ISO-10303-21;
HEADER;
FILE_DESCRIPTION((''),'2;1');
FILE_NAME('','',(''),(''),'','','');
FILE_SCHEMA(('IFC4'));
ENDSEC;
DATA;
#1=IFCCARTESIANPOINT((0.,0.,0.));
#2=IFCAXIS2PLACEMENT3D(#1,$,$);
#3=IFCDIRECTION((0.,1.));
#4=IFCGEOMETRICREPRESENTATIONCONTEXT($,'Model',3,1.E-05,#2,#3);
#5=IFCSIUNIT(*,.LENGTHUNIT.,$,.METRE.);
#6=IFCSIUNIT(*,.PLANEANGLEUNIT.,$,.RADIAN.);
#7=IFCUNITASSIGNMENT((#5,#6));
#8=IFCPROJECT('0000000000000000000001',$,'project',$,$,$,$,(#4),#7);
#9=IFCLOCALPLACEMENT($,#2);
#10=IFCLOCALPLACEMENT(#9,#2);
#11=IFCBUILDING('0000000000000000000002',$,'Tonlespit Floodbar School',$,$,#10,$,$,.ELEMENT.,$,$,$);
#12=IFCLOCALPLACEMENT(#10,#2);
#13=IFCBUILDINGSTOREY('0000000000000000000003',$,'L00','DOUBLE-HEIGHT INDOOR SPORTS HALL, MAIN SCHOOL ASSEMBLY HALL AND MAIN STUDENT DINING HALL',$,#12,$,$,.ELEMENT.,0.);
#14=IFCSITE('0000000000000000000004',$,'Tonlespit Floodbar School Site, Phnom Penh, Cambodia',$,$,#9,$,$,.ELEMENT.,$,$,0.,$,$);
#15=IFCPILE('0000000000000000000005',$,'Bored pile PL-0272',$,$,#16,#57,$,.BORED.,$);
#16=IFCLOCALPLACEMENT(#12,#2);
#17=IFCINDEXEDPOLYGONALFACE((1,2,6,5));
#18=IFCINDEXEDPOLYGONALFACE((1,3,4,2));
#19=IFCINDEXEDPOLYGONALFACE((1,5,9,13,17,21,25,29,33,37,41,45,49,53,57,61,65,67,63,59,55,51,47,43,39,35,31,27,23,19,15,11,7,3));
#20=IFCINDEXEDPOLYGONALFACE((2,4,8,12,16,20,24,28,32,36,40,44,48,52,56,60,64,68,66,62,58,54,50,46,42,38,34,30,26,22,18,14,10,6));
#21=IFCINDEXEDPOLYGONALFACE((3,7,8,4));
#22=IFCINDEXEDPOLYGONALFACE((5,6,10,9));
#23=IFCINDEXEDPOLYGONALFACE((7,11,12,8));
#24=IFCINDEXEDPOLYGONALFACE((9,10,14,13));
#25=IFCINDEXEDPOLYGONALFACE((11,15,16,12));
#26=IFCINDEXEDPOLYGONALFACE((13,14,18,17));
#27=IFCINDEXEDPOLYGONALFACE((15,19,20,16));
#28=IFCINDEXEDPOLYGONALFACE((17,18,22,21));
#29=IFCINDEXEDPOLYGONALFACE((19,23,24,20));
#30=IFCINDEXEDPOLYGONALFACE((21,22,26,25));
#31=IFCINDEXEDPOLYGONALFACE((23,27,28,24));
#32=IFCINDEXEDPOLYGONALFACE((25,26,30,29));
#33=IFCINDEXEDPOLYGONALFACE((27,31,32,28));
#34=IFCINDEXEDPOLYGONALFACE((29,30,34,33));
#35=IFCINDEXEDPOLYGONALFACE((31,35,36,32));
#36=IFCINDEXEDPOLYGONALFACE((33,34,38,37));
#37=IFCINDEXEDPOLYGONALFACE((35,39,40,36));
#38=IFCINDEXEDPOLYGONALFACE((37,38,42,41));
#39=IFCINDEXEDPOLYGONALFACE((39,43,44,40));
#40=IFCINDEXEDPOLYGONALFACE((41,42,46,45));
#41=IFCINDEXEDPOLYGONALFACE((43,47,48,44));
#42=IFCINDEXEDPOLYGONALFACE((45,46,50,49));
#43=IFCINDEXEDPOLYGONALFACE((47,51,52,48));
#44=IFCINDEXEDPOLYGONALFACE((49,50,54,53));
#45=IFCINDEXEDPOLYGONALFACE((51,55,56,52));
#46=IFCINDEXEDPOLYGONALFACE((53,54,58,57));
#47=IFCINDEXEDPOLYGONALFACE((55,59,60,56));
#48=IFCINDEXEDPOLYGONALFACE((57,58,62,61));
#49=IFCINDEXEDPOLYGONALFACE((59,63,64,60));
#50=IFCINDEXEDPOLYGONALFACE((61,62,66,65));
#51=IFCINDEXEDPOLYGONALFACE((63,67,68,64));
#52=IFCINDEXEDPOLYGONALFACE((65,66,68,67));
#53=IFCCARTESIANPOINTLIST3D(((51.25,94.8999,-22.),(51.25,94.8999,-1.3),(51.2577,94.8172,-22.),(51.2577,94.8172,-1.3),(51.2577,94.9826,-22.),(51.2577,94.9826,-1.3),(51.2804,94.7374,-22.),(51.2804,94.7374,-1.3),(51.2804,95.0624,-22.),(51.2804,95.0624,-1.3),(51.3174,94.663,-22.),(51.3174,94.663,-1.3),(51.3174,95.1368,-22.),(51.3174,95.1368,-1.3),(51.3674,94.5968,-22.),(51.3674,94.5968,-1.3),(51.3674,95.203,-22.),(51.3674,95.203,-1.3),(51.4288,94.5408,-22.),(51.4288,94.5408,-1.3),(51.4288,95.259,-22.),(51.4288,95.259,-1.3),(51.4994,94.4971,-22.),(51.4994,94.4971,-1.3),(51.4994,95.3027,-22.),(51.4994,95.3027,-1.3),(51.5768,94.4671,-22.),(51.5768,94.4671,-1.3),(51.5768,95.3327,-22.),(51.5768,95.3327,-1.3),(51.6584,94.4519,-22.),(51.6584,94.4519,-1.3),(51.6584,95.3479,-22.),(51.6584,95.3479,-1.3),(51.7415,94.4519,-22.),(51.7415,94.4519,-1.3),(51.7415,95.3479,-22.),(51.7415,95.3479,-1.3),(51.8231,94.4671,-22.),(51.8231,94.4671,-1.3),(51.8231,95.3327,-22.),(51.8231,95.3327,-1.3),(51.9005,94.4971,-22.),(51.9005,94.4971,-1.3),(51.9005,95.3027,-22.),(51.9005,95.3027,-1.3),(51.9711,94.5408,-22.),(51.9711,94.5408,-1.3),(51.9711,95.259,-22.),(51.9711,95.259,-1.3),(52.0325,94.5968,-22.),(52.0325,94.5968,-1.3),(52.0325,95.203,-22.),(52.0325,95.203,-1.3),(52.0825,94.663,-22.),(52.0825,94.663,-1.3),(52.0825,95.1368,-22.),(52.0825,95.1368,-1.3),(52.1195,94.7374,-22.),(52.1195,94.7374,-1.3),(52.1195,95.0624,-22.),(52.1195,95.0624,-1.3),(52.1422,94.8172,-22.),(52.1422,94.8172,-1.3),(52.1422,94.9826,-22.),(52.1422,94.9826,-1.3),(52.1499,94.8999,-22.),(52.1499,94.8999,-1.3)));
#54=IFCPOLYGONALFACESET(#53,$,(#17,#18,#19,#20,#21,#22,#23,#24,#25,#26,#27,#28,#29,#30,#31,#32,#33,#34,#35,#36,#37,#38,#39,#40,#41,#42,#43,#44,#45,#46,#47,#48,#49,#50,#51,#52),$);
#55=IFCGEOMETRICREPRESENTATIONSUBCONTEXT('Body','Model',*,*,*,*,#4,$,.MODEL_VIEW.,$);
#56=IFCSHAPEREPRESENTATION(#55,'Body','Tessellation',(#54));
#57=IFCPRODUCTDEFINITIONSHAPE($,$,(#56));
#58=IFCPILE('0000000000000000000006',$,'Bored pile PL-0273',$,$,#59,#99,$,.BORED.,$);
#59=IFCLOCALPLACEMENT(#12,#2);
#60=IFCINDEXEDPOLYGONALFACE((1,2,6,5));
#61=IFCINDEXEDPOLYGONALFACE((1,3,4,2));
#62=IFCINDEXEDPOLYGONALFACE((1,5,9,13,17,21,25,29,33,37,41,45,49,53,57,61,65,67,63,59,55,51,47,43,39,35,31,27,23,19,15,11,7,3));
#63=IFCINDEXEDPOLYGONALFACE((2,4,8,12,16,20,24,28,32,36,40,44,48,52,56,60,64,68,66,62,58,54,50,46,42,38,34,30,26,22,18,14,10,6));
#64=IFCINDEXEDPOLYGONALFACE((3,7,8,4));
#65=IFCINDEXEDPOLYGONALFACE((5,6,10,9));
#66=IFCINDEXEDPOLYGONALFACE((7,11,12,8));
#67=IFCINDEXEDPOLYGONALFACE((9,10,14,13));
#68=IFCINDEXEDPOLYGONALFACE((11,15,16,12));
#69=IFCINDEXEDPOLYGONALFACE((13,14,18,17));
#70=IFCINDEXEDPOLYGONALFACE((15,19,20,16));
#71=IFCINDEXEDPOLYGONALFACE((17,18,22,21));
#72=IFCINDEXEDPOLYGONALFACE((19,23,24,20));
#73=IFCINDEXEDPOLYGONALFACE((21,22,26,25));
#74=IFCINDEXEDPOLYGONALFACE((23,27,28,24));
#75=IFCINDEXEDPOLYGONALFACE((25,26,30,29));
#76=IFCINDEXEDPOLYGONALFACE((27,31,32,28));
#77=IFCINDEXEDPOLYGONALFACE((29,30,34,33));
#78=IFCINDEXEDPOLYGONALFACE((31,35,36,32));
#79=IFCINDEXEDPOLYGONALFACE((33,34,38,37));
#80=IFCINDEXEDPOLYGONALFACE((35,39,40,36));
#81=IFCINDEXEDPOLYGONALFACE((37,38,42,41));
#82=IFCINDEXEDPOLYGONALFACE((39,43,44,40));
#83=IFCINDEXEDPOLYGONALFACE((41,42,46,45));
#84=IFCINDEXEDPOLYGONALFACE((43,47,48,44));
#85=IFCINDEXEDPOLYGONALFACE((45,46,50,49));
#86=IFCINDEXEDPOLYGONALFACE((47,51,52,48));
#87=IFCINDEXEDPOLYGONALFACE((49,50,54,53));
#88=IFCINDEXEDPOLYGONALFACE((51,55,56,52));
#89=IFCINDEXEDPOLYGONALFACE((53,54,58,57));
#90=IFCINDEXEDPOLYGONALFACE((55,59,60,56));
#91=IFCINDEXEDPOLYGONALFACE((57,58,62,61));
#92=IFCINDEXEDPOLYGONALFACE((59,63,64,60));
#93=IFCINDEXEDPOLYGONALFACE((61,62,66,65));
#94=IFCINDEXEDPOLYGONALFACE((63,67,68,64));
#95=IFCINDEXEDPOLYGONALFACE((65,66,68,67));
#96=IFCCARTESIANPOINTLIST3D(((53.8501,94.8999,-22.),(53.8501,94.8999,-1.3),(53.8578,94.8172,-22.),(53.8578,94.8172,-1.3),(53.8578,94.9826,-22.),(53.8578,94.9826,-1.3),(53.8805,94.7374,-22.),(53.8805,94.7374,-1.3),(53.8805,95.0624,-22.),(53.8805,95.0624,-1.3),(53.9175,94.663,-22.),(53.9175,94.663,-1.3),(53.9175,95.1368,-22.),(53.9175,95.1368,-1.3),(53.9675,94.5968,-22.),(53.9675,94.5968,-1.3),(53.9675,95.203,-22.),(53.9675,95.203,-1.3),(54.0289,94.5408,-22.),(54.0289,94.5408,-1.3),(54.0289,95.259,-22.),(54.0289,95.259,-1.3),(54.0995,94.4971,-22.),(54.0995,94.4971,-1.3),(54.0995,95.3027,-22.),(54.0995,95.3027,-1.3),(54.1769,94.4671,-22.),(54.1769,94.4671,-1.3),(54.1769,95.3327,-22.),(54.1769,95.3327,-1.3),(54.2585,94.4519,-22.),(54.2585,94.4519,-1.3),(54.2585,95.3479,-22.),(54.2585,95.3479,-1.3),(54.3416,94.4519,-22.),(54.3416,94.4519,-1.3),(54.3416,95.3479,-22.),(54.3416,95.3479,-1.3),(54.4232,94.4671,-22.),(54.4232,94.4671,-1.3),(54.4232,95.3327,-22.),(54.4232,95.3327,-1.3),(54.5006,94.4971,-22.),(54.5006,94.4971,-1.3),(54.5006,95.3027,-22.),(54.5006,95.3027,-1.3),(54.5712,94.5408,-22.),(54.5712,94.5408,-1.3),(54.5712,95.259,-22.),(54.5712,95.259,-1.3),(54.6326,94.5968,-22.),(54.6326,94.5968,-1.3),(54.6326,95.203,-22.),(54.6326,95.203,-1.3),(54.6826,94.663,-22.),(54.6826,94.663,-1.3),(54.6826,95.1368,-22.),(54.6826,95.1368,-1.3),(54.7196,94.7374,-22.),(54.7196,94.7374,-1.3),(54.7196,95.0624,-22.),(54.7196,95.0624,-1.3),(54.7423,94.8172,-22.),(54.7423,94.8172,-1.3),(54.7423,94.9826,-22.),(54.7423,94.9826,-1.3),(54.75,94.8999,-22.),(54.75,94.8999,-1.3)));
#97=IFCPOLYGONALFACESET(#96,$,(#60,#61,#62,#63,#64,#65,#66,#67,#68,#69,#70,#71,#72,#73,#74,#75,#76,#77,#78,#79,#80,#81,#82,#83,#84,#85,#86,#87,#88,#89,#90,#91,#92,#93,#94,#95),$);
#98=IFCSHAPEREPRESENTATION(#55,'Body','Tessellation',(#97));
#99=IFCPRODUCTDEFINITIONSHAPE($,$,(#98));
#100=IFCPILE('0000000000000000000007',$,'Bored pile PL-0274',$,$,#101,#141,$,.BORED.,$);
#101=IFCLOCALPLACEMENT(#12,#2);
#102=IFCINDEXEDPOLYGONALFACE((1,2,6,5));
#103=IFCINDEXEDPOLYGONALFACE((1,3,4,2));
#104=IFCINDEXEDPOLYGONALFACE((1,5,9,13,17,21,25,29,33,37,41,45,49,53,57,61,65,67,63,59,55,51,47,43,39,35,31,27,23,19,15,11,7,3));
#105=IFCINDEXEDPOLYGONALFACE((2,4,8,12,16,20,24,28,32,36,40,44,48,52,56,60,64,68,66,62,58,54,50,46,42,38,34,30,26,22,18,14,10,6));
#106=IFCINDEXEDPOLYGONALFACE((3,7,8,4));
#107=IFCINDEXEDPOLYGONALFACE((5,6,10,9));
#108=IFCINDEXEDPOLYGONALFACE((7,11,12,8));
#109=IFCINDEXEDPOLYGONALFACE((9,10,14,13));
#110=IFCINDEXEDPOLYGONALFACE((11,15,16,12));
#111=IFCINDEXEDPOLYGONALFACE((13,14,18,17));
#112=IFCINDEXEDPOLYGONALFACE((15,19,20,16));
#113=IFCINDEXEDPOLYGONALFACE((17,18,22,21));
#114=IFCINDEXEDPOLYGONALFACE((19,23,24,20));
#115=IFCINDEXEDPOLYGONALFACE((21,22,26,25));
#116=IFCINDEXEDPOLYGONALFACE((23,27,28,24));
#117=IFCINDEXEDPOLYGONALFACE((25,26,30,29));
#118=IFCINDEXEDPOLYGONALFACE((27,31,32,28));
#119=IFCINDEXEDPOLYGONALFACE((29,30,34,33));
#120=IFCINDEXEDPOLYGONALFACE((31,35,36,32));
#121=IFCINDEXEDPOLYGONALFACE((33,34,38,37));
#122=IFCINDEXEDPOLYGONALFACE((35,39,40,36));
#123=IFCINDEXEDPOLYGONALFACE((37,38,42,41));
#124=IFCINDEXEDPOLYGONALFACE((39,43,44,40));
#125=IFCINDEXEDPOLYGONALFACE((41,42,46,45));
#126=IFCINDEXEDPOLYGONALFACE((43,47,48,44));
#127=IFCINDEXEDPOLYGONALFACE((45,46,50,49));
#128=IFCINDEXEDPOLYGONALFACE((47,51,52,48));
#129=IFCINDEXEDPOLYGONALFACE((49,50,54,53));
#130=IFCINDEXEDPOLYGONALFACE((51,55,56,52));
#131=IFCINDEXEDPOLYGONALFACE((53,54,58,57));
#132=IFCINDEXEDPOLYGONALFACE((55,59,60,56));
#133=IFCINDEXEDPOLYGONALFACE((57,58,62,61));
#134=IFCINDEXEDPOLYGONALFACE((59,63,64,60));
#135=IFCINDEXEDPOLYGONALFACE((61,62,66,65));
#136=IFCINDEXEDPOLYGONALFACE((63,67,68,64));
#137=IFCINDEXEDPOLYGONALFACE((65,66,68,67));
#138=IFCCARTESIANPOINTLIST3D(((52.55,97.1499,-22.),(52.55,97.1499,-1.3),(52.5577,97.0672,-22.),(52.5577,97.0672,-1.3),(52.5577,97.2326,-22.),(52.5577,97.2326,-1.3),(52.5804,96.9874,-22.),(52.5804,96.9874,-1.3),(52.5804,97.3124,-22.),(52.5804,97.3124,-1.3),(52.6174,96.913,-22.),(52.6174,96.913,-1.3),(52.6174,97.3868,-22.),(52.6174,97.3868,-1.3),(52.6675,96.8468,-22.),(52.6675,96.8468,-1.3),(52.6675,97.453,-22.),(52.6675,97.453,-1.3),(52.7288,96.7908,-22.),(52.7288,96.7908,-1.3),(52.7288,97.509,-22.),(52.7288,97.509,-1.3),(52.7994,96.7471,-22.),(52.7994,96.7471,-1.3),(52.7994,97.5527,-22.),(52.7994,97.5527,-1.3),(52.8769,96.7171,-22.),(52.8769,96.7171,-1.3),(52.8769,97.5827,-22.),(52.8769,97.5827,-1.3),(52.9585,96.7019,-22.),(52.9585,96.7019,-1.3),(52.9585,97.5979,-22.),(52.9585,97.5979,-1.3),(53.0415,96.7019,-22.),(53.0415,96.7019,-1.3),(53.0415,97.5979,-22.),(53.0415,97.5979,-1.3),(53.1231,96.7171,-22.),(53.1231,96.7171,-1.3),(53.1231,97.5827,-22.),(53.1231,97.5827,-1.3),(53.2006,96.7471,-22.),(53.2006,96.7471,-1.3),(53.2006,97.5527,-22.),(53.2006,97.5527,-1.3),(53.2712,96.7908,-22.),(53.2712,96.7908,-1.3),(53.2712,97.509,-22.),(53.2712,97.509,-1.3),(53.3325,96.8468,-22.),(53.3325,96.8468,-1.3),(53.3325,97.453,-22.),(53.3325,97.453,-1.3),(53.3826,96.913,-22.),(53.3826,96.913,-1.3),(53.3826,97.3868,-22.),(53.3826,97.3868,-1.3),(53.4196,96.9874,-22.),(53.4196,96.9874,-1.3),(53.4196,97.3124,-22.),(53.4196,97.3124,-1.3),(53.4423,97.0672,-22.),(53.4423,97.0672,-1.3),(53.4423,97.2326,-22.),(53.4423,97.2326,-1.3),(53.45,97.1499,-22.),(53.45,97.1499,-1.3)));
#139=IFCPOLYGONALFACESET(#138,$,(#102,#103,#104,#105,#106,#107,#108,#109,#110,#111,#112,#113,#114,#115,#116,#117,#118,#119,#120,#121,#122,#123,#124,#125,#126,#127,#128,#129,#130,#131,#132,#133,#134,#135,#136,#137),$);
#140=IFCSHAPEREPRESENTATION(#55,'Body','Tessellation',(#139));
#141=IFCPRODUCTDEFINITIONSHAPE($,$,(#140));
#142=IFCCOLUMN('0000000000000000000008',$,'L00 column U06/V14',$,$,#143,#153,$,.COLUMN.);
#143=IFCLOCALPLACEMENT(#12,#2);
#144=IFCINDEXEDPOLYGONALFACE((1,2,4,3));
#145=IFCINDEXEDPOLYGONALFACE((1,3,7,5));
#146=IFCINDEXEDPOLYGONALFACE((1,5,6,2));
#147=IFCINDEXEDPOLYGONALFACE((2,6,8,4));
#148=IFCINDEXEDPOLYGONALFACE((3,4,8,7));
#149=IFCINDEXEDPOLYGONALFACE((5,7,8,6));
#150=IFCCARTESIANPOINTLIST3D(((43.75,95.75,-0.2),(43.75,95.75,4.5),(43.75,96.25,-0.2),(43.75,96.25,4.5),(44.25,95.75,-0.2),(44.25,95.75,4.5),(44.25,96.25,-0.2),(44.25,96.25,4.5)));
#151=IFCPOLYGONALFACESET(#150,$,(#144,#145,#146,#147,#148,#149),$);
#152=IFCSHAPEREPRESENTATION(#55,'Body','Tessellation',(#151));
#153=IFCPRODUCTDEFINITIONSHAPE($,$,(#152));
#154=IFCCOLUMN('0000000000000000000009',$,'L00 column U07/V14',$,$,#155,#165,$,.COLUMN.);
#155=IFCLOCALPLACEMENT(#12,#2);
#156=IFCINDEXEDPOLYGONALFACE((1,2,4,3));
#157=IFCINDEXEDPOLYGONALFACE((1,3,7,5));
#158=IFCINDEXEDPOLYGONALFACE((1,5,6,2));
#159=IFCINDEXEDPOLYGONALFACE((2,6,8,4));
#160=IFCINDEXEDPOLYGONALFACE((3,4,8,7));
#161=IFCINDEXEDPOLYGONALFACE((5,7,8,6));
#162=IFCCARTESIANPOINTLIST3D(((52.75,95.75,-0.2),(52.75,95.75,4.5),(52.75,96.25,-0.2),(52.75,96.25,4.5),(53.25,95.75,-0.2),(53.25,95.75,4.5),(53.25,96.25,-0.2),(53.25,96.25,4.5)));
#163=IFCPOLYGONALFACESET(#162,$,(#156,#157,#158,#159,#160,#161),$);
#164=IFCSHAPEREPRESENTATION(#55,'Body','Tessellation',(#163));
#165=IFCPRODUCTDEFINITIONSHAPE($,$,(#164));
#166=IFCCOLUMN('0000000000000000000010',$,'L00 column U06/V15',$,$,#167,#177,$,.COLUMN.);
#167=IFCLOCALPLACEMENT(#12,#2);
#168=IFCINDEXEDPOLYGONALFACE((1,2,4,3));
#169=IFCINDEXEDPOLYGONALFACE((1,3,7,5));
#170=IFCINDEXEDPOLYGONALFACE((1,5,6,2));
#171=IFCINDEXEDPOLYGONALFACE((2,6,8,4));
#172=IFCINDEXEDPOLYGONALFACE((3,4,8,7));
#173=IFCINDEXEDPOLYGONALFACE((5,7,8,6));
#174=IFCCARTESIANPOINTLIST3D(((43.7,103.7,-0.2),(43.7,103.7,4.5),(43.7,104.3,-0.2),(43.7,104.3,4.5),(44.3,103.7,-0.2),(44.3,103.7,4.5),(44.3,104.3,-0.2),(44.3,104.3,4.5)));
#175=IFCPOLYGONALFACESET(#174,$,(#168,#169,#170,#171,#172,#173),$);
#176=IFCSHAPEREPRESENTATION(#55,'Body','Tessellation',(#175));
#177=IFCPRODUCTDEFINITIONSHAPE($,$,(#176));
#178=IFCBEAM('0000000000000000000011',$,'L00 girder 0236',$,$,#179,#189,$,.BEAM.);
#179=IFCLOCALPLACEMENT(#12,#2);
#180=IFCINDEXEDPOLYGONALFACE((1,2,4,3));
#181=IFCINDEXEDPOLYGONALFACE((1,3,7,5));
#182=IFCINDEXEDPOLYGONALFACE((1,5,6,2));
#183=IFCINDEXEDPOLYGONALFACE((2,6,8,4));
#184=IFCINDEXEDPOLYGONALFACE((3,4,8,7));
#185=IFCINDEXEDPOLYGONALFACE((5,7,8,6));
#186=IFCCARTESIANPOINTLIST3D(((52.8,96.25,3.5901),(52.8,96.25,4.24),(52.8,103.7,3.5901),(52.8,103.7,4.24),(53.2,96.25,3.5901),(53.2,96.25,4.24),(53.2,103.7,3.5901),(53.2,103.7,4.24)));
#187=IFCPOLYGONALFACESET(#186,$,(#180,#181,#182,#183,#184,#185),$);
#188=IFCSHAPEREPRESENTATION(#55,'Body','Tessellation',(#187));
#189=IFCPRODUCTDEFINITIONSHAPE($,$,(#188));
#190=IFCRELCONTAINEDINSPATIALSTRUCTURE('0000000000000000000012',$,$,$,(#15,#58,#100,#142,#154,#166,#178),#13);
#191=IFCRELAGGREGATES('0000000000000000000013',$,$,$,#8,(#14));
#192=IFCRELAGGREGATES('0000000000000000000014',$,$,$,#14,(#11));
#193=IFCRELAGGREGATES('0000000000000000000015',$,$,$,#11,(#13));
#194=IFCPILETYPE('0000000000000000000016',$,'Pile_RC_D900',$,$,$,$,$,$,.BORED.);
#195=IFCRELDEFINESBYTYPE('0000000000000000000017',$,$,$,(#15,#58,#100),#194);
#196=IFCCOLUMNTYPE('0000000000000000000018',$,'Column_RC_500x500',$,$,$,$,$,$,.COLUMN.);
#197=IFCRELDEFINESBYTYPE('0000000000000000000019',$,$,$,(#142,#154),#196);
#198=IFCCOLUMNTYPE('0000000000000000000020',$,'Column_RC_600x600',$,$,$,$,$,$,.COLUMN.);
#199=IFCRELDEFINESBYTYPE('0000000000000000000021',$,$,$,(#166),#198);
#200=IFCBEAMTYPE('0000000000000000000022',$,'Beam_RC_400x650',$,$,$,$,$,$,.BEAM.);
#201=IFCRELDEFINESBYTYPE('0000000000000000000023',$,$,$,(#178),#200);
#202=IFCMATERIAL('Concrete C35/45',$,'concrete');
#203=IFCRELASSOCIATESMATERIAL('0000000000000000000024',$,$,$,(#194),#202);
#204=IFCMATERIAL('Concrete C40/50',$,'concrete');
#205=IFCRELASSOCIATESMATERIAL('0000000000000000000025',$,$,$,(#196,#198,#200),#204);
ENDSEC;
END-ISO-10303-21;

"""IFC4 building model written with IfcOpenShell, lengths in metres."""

from ifc_helpers import new_model, si_unit, direction, frame, origin, origin_2d, place, context, subcontext, project, spatial, rectangle, circle, extrude, material, material_profile, profile_set, type_object, element, save


model = new_model("IFC4")

# Units and contexts
model_context = context("Model", 3, precision=1e-05, world=origin(), true_north=direction((0.0, 1.0)))
body_context = subcontext(model_context, "Body", "Model", "MODEL_VIEW")
ifc_project = project(units=[si_unit("LENGTHUNIT", "METRE"), si_unit("PLANEANGLEUNIT", "RADIAN")], contexts=[model_context])

# Site, building, storey
site_placement = place(None, origin())
site = spatial("IfcSite", under=ifc_project, at=site_placement, Name="Tonlespit Floodbar School Site, Phnom Penh, Cambodia", CompositionType="ELEMENT", RefElevation=0.0)
building_placement = place(site_placement, origin())
building = spatial("IfcBuilding", under=site, at=building_placement, Name="Tonlespit Floodbar School", CompositionType="ELEMENT")
storey_placement = place(building_placement, origin())
storey = spatial("IfcBuildingStorey", under=building, at=storey_placement, Name="L00", Description="DOUBLE-HEIGHT INDOOR SPORTS HALL, MAIN SCHOOL ASSEMBLY HALL AND MAIN STUDENT DINING HALL", CompositionType="ELEMENT", Elevation=0.0)

# Shared definitions
ifc_material_1 = material(Name="Concrete C40/50", Category="concrete")

# Piles
ifc_material_2 = material(Name="Concrete C35/45", Category="concrete")
ifc_material_profile_1 = material_profile(ifc_material_2, circle(Radius=0.45, at=origin_2d()), Name="BP D900")
ifc_profile_set_1 = profile_set([ifc_material_profile_1], Name="Concrete C35/45")
pile_type_1 = type_object("IfcPileType", Name="Pile_RC_D900", PredefinedType="BORED", material=ifc_profile_set_1)
for number, where, z_axis, x_axis, name in (
    (1, (51.7, 94.8999, -1.3), (0.0, 0.0, -1.0), (1.0, 0.0, 0.0), "Bored pile PL-0272"),
    (2, (54.3, 94.8999, -1.3), (0.0, 0.0, -1.0), (1.0, 0.0, 0.0), "Bored pile PL-0273"),
    (3, (53.0, 97.1499, -1.3), (0.0, 0.0, -1.0), (1.0, 0.0, 0.0), "Bored pile PL-0274"),
):
    element("IfcPile", number, at=place(storey_placement, frame(where, z_axis=z_axis, x_axis=x_axis)), inside=storey, type_object=pile_type_1, Name=name, PredefinedType="BORED", context=body_context, shape_type="SweptSolid", body=[
        extrude(circle(Radius=0.45, at=origin_2d()), origin(), (0.0, 0.0, 1.0), 20.7),
    ])

# Columns
ifc_material_profile_2 = material_profile(ifc_material_1, rectangle(XDim=0.5, YDim=0.5, at=origin_2d()), Name="RC 500x500")
ifc_profile_set_2 = profile_set([ifc_material_profile_2], Name="Concrete C40/50")
column_type_1 = type_object("IfcColumnType", Name="Column_RC_500x500", PredefinedType="COLUMN", material=ifc_profile_set_2)
for number, where, z_axis, x_axis, name in (
    (4, (44.0, 96.0, -0.2), (0.0, 0.0, 1.0), (1.0, 0.0, 0.0), "L00 column U06/V14"),
    (5, (53.0, 96.0, -0.2), (0.0, 0.0, 1.0), (1.0, 0.0, 0.0), "L00 column U07/V14"),
):
    element("IfcColumn", number, at=place(storey_placement, frame(where, z_axis=z_axis, x_axis=x_axis)), inside=storey, type_object=column_type_1, Name=name, PredefinedType="COLUMN", context=body_context, shape_type="SweptSolid", body=[
        extrude(rectangle(XDim=0.5, YDim=0.5, at=origin_2d()), origin(), (0.0, 0.0, 1.0), 4.7),
    ])
ifc_material_profile_3 = material_profile(ifc_material_1, rectangle(XDim=0.6001, YDim=0.6001, at=origin_2d()), Name="RC 600x600")
ifc_profile_set_3 = profile_set([ifc_material_profile_3], Name="Concrete C40/50")
column_type_2 = type_object("IfcColumnType", Name="Column_RC_600x600", PredefinedType="COLUMN", material=ifc_profile_set_3)
column_placement = place(storey_placement, frame((44.0, 104.0, -0.2), z_axis=(0.0, 0.0, 1.0), x_axis=(1.0, 0.0, 0.0)))
element("IfcColumn", 6, at=column_placement, inside=storey, type_object=column_type_2, Name="L00 column U06/V15", PredefinedType="COLUMN", context=body_context, shape_type="SweptSolid", body=[
    extrude(rectangle(XDim=0.6001, YDim=0.6001, at=origin_2d()), origin(), (0.0, 0.0, 1.0), 4.7),
])

# Beam
ifc_material_profile_4 = material_profile(ifc_material_1, rectangle(XDim=0.3999, YDim=0.6499, at=origin_2d()), Name="RC 400x650")
ifc_profile_set_4 = profile_set([ifc_material_profile_4], Name="Concrete C40/50")
beam_type_1 = type_object("IfcBeamType", Name="Beam_RC_400x650", PredefinedType="BEAM", material=ifc_profile_set_4)
beam_1_placement = place(storey_placement, frame((53.0, 96.25, 3.915), z_axis=(0.0, 1.0, 0.0), x_axis=(-1.0, 0.0, 0.0)))
element("IfcBeam", 7, at=beam_1_placement, inside=storey, type_object=beam_type_1, Name="L00 girder 0236", PredefinedType="BEAM", context=body_context, shape_type="SweptSolid", body=[
    extrude(rectangle(XDim=0.3999, YDim=0.6499, at=origin_2d()), origin(), (0.0, 0.0, 1.0), 7.45),
])

save(model, "model.ifc")
